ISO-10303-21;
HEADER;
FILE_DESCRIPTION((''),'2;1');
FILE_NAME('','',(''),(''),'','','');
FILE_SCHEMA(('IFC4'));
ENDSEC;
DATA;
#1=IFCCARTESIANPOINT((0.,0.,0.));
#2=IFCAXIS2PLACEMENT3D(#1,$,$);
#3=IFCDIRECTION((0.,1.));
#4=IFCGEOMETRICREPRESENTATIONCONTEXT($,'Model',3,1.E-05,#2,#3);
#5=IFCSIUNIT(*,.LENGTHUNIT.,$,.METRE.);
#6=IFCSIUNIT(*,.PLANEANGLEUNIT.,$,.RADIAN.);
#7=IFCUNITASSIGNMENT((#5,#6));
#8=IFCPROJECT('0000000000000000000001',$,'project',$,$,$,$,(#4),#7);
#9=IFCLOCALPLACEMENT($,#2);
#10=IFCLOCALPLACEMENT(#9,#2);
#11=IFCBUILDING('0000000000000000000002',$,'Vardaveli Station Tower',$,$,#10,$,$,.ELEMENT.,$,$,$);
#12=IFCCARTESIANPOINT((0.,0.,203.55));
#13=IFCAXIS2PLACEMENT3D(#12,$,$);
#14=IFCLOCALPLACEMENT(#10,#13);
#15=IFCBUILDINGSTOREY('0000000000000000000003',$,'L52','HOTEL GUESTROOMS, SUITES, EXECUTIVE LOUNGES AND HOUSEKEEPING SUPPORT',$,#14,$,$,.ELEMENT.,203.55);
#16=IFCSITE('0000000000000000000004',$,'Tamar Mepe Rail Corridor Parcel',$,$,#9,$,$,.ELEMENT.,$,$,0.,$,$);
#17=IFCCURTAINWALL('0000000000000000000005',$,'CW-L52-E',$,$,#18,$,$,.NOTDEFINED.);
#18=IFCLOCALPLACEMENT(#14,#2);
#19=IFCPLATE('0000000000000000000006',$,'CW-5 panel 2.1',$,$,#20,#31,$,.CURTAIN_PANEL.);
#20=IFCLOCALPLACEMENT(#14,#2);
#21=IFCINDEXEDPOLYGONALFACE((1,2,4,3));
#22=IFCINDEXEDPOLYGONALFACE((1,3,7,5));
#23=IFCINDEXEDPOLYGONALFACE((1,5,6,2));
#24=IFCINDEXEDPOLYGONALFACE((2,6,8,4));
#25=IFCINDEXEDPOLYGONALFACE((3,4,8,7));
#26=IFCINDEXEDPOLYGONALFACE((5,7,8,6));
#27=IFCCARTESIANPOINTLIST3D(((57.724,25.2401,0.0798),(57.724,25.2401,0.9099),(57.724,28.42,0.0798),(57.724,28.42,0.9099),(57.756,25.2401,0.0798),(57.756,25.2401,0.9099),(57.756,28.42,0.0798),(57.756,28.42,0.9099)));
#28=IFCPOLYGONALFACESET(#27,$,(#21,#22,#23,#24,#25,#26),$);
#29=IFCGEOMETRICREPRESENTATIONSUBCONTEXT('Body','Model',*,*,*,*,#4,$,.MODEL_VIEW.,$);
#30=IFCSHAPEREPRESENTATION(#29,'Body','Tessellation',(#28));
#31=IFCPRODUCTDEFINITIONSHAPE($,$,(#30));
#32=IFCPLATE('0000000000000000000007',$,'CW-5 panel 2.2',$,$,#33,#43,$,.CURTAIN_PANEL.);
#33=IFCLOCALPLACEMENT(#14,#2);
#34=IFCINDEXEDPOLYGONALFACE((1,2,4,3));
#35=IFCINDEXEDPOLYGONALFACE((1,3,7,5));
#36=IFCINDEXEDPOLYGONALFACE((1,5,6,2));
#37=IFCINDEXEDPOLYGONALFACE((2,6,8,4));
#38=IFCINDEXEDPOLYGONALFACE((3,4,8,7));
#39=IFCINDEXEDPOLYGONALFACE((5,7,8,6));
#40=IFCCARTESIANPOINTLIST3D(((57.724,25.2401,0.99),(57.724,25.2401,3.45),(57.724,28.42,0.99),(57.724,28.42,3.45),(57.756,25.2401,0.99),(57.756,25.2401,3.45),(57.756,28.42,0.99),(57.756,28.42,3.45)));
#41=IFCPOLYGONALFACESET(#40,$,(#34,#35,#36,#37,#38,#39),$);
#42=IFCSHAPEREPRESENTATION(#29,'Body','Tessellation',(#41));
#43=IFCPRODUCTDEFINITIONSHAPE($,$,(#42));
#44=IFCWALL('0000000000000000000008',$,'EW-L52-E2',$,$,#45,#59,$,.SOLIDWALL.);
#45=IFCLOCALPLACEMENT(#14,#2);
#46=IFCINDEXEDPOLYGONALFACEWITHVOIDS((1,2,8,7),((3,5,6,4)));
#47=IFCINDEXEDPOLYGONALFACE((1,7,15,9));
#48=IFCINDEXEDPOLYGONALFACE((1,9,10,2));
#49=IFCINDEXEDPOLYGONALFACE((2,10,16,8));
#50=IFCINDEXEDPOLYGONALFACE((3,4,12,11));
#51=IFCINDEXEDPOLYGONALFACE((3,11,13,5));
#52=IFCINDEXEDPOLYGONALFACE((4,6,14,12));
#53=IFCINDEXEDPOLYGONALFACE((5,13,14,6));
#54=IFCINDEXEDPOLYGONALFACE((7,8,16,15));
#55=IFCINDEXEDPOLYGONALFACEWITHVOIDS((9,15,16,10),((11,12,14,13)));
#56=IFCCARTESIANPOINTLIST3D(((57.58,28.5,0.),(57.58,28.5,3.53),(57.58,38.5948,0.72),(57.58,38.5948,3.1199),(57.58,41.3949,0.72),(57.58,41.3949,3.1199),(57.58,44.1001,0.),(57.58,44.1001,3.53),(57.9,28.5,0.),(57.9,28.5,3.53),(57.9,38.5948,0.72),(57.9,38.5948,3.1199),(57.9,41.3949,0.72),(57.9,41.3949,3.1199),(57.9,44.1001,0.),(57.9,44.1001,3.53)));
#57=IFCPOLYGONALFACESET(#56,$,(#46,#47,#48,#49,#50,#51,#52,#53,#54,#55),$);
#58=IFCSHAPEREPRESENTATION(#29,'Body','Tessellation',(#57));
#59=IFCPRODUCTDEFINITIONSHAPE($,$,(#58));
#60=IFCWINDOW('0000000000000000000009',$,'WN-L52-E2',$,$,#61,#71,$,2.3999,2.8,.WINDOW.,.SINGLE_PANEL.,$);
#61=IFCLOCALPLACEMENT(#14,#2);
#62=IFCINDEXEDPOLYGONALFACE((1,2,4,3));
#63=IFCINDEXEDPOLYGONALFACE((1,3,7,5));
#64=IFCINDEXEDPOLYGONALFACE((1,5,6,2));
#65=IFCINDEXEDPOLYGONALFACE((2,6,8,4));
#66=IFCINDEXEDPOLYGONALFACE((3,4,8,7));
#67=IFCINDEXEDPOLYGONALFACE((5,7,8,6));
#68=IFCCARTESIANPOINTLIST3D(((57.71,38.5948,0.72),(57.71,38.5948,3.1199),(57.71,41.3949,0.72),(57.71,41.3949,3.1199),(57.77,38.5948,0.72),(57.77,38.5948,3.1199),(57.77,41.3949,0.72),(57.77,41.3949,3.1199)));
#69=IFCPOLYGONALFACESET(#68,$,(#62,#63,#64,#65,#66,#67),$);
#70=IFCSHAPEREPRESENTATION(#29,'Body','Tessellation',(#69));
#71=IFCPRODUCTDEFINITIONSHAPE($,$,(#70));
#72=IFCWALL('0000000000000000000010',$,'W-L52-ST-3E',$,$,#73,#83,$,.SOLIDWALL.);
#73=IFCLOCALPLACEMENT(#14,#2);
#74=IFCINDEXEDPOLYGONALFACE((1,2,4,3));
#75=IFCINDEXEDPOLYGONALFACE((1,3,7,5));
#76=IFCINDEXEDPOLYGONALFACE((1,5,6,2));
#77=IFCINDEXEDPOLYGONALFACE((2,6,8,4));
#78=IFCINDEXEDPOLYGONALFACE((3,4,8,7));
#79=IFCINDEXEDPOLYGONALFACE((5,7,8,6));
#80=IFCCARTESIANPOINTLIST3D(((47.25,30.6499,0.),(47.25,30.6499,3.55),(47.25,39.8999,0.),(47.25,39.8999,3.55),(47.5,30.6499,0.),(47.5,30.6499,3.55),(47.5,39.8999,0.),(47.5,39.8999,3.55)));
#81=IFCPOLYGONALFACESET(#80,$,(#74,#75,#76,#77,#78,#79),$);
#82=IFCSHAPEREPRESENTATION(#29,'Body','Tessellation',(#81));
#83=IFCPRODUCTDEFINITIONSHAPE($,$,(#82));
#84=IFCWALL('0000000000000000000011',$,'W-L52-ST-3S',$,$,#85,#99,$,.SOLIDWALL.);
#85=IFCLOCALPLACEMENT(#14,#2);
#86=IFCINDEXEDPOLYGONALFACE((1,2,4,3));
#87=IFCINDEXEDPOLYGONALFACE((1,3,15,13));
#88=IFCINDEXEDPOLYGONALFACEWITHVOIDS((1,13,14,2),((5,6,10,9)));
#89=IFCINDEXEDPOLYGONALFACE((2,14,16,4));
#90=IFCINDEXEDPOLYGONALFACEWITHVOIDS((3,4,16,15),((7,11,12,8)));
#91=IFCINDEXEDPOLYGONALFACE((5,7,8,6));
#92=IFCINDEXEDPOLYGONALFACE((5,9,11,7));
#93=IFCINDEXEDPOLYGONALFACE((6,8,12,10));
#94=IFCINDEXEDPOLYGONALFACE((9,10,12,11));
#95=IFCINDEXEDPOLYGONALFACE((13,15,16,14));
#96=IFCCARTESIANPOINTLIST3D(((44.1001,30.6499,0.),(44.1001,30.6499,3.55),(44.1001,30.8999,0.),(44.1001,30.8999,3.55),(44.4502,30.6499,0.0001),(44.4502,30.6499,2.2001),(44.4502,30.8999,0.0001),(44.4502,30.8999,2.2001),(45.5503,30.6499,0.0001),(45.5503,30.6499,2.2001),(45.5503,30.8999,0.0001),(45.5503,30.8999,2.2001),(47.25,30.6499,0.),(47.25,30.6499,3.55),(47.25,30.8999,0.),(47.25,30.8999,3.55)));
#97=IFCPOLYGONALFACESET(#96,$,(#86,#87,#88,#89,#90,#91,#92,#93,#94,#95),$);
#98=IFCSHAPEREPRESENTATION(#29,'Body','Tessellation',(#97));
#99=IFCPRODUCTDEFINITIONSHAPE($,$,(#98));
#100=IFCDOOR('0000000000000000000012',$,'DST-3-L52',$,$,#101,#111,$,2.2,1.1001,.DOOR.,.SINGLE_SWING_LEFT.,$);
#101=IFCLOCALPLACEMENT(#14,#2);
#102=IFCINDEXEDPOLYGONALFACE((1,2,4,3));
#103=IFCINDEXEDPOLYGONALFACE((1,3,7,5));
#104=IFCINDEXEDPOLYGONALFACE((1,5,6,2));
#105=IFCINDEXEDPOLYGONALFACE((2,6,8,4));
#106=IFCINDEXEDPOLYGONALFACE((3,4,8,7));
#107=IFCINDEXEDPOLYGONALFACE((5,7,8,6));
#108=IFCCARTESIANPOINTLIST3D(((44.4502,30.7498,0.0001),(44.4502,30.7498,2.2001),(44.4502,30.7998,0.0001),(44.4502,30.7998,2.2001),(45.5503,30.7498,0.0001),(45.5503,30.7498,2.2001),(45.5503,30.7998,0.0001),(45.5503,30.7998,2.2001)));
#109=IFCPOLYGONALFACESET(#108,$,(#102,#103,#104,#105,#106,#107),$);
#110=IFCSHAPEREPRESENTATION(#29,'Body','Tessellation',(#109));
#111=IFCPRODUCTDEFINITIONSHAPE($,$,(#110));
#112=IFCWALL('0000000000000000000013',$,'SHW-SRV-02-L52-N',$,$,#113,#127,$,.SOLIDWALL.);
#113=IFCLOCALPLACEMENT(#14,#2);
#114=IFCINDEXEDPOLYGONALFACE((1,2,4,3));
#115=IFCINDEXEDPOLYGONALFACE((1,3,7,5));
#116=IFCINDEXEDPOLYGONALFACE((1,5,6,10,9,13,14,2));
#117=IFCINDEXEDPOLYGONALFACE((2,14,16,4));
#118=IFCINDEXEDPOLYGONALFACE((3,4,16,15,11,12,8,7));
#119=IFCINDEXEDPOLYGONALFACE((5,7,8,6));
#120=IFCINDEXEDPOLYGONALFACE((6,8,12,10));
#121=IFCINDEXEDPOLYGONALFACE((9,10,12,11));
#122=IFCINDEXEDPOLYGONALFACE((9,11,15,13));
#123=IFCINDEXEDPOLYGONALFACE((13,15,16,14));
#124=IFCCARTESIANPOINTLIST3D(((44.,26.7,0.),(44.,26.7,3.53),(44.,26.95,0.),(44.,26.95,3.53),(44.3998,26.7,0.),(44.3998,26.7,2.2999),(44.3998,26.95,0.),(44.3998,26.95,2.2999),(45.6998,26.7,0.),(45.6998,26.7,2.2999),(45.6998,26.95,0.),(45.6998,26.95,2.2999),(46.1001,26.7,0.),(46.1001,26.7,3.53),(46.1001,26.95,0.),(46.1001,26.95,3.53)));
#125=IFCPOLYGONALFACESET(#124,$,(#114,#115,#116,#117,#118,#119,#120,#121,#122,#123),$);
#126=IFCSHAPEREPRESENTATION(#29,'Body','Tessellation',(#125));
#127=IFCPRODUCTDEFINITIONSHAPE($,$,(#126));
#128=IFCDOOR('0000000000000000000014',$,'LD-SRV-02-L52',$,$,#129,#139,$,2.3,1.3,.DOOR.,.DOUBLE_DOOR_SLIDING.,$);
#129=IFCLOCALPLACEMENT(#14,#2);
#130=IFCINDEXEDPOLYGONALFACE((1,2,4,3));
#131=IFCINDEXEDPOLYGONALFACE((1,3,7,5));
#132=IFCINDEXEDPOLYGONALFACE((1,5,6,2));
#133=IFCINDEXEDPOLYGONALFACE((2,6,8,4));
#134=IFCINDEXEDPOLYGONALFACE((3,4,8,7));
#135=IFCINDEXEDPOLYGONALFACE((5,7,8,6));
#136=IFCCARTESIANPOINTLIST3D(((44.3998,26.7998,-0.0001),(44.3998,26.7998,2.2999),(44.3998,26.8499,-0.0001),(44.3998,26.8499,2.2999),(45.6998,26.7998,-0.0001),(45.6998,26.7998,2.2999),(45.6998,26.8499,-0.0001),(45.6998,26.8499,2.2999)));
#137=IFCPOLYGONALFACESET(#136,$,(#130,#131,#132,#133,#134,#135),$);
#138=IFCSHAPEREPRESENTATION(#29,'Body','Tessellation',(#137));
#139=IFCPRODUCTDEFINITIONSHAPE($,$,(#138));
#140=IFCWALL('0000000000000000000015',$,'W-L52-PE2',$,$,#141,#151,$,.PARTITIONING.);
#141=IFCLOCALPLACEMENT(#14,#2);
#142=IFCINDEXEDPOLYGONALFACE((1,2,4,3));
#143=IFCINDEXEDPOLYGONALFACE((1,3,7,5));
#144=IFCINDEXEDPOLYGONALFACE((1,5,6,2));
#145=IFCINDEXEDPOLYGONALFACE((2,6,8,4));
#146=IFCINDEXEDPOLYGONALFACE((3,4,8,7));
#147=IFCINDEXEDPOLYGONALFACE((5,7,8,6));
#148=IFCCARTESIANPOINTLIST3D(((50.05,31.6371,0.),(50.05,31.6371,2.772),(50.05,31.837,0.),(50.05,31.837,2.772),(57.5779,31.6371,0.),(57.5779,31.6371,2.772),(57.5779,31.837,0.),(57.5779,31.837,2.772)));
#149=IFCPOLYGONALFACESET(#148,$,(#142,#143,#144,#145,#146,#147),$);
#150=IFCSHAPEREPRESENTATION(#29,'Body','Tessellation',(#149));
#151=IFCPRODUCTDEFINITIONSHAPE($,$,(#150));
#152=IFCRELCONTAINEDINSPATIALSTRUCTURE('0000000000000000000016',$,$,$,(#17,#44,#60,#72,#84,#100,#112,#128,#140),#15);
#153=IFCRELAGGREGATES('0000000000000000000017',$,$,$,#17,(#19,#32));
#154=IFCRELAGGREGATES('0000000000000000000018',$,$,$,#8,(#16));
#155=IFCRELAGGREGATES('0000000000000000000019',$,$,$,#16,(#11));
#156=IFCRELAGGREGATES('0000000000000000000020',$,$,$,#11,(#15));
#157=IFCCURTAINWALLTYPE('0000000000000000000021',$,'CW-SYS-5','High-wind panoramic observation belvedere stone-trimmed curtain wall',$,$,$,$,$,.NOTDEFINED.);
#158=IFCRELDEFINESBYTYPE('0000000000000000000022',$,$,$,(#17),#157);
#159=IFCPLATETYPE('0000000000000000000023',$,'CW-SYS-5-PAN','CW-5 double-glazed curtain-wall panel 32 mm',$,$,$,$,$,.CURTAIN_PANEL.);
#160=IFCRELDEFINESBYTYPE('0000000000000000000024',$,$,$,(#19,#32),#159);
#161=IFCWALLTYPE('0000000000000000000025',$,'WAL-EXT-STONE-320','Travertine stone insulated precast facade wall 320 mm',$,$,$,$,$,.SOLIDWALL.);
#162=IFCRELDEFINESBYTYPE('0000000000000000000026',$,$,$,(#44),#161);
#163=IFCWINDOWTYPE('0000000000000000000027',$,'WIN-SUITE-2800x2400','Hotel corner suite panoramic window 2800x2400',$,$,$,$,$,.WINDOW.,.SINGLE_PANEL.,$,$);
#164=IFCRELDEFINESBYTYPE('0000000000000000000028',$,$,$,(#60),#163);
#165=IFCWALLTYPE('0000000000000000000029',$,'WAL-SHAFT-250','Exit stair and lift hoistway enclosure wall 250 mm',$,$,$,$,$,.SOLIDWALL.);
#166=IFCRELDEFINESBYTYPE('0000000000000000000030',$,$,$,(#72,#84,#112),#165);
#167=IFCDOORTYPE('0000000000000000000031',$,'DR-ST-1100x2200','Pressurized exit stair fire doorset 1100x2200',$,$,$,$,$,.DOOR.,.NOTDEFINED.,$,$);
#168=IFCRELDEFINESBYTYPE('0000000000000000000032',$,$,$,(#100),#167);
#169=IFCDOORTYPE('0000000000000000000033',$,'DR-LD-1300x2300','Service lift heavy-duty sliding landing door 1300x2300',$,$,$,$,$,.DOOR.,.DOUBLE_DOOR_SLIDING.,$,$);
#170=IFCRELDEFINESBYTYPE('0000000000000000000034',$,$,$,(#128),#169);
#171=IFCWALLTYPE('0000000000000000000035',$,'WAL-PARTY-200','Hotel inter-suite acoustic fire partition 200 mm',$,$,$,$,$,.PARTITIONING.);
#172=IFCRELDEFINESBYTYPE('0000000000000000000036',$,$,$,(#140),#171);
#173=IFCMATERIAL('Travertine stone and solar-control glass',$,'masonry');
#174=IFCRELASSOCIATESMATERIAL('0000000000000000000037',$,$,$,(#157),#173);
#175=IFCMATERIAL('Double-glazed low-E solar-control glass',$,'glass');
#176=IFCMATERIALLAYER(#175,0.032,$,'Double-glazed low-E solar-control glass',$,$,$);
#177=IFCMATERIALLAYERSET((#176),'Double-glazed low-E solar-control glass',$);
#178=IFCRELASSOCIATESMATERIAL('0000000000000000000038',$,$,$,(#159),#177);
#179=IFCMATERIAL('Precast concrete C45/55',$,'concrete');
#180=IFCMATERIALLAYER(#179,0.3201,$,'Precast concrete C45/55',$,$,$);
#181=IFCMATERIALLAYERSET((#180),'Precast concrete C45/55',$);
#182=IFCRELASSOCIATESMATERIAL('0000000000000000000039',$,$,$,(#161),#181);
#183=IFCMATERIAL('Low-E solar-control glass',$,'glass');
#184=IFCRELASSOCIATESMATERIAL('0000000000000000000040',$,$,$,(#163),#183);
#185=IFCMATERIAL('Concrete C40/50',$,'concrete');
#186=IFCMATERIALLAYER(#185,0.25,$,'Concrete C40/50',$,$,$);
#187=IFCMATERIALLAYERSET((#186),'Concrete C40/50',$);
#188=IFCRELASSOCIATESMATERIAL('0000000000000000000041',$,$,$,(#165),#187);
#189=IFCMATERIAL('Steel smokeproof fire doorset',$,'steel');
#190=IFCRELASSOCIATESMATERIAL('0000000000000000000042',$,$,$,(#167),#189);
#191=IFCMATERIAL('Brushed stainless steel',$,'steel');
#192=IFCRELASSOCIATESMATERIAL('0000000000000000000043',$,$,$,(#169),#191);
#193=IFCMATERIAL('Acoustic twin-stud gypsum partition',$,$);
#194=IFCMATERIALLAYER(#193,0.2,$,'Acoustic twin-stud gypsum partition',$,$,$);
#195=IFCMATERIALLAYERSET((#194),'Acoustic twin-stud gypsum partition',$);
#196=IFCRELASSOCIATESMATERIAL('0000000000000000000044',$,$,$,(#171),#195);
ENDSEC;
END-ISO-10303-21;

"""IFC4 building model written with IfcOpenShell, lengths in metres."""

from ifc_helpers import new_model, si_unit, direction, frame, frame_2d, origin, origin_2d, place, context, subcontext, project, spatial, rectangle, extrude, source, transform, mapped, material, layer, layer_set, type_object, element, fill, aggregate, save


model = new_model("IFC4")

# Units and contexts
model_context = context("Model", 3, precision=1e-05, world=origin(), true_north=direction((0.0, 1.0)))
body_context = subcontext(model_context, "Body", "Model", "MODEL_VIEW")
ifc_project = project(units=[si_unit("LENGTHUNIT", "METRE"), si_unit("PLANEANGLEUNIT", "RADIAN")], contexts=[model_context])

# Site, building, storey
site_placement = place(None, origin())
site = spatial("IfcSite", under=ifc_project, at=site_placement, Name="Tamar Mepe Rail Corridor Parcel", CompositionType="ELEMENT", RefElevation=0.0)
building_placement = place(site_placement, origin())
building = spatial("IfcBuilding", under=site, at=building_placement, Name="Vardaveli Station Tower", CompositionType="ELEMENT")
storey_placement = place(building_placement, frame((0.0, 0.0, 203.55)))
storey = spatial("IfcBuildingStorey", under=building, at=storey_placement, Name="L52", Description="HOTEL GUESTROOMS, SUITES, EXECUTIVE LOUNGES AND HOUSEKEEPING SUPPORT", CompositionType="ELEMENT", Elevation=203.55)

# Shared definitions
ifc_material_1 = material(Name="Precast concrete C45/55", Category="concrete")

# Curtain wall, plates
ifc_material_2 = material(Name="Travertine stone and solar-control glass", Category="masonry")
curtain_wall_type = type_object("IfcCurtainWallType", Name="CW-SYS-5", Description="High-wind panoramic observation belvedere stone-trimmed curtain wall", PredefinedType="NOTDEFINED", material=ifc_material_2)
curtain_wall_placement = place(storey_placement, origin())
curtain_wall = element("IfcCurtainWall", 1, at=curtain_wall_placement, inside=storey, type_object=curtain_wall_type, Name="CW-L52-E", PredefinedType="NOTDEFINED")
ifc_material_3 = material(Name="Double-glazed low-E solar-control glass", Category="glass")
ifc_layer_1 = layer(ifc_material_3, 0.032, Name="Double-glazed low-E solar-control glass")
ifc_layer_set_1 = layer_set([ifc_layer_1], Name="Double-glazed low-E solar-control glass")
plate_type = type_object("IfcPlateType", Name="CW-SYS-5-PAN", Description="CW-5 double-glazed curtain-wall panel 32 mm", PredefinedType="CURTAIN_PANEL", material=ifc_layer_set_1)
shared_shape_1 = source(origin(), body_context, "Body", "SweptSolid", [
    extrude(rectangle(XDim=3.1799, YDim=0.032, at=origin_2d()), origin(), (0.0, 0.0, 1.0), 0.8301),
])
plate_1_placement = place(storey_placement, frame((57.74, 26.8301, 0.0798), z_axis=(0.0, 0.0, 1.0), x_axis=(0.0, 1.0, 0.0)))
plate_1 = element("IfcPlate", 2, at=plate_1_placement, type_object=plate_type, Name="CW-5 panel 2.1", PredefinedType="CURTAIN_PANEL", context=body_context, shape_type="MappedRepresentation", body=[
    mapped(shared_shape_1, transform((0.0, 0.0, 0.0), scale=1.0)),
])
shared_shape_2 = source(origin(), body_context, "Body", "SweptSolid", [
    extrude(rectangle(XDim=3.1799, YDim=0.032, at=origin_2d()), origin(), (0.0, 0.0, 1.0), 2.46),
])
plate_2_placement = place(storey_placement, frame((57.74, 26.8301, 0.99), z_axis=(0.0, 0.0, 1.0), x_axis=(0.0, 1.0, 0.0)))
plate_2 = element("IfcPlate", 3, at=plate_2_placement, type_object=plate_type, Name="CW-5 panel 2.2", PredefinedType="CURTAIN_PANEL", context=body_context, shape_type="MappedRepresentation", body=[
    mapped(shared_shape_2, transform((0.0, 0.0, 0.0), scale=1.0)),
])
aggregate(curtain_wall, [plate_1, plate_2])

# Wall, opening, window
ifc_layer_2 = layer(ifc_material_1, 0.3201, Name="Precast concrete C45/55")
ifc_layer_set_2 = layer_set([ifc_layer_2], Name="Precast concrete C45/55")
wall_type_1 = type_object("IfcWallType", Name="WAL-EXT-STONE-320", Description="Travertine stone insulated precast facade wall 320 mm", PredefinedType="SOLIDWALL", material=ifc_layer_set_2)
shared_shape_3 = source(origin(), body_context, "Body", "SweptSolid", [
    extrude(rectangle(XDim=15.6001, YDim=0.3201, at=frame_2d((7.8, 0.0))), origin(), (0.0, 0.0, 1.0), 3.53),
])
wall_1_placement = place(storey_placement, frame((57.74, 28.5, 0.0), z_axis=(0.0, 0.0, 1.0), x_axis=(0.0, 1.0, 0.0)))
wall_1 = element("IfcWall", 4, at=wall_1_placement, inside=storey, type_object=wall_type_1, Name="EW-L52-E2", PredefinedType="SOLIDWALL", context=body_context, shape_type="MappedRepresentation", body=[
    mapped(shared_shape_3, transform((0.0, 0.0, 0.0), scale=1.0)),
])
shared_shape_4 = source(origin(), body_context, "Body", "SweptSolid", [
    extrude(rectangle(XDim=2.8, YDim=2.3999, at=frame_2d((1.3999, 1.2))), frame((0.0, 0.1699, 0.0), z_axis=(0.0, -1.0, 0.0), x_axis=(1.0, 0.0, 0.0)), (0.0, 0.0, 1.0), 0.3401),
])
opening_1_placement = place(wall_1_placement, frame((10.095, 0.0, 0.72)))
opening_1 = element("IfcOpeningElement", 5, at=opening_1_placement, cuts=wall_1, PredefinedType="OPENING", context=body_context, shape_type="MappedRepresentation", body=[
    mapped(shared_shape_4, transform((0.0, 0.0, 0.0), scale=1.0)),
])
ifc_material_4 = material(Name="Low-E solar-control glass", Category="glass")
window_type = type_object("IfcWindowType", Name="WIN-SUITE-2800x2400", Description="Hotel corner suite panoramic window 2800x2400", PartitioningType="SINGLE_PANEL", PredefinedType="WINDOW", material=ifc_material_4)
shared_shape_5 = source(origin(), body_context, "Body", "SweptSolid", [
    extrude(rectangle(XDim=2.8, YDim=2.3999, at=frame_2d((1.3999, 1.2))), frame((0.0, 0.03, 0.0), z_axis=(0.0, -1.0, 0.0), x_axis=(1.0, 0.0, 0.0)), (0.0, 0.0, 1.0), 0.0601),
])
window_placement = place(opening_1_placement, origin())
window = element("IfcWindow", 6, at=window_placement, inside=storey, type_object=window_type, Name="WN-L52-E2", OverallHeight=2.3999, OverallWidth=2.8, PartitioningType="SINGLE_PANEL", PredefinedType="WINDOW", context=body_context, shape_type="MappedRepresentation", body=[
    mapped(shared_shape_5, transform((0.0, 0.0, 0.0), scale=1.0)),
])
fill(opening_1, window)

# Wall
ifc_material_5 = material(Name="Concrete C40/50", Category="concrete")
ifc_layer_3 = layer(ifc_material_5, 0.25, Name="Concrete C40/50")
ifc_layer_set_3 = layer_set([ifc_layer_3], Name="Concrete C40/50")
wall_type_2 = type_object("IfcWallType", Name="WAL-SHAFT-250", Description="Exit stair and lift hoistway enclosure wall 250 mm", PredefinedType="SOLIDWALL", material=ifc_layer_set_3)
shared_shape_6 = source(origin(), body_context, "Body", "SweptSolid", [
    extrude(rectangle(XDim=9.25, YDim=0.25, at=frame_2d((4.625, 0.0))), origin(), (0.0, 0.0, 1.0), 3.55),
])
wall_2_placement = place(storey_placement, frame((47.375, 30.6499, 0.0), z_axis=(0.0, 0.0, 1.0), x_axis=(0.0, 1.0, 0.0)))
element("IfcWall", 7, at=wall_2_placement, inside=storey, type_object=wall_type_2, Name="W-L52-ST-3E", PredefinedType="SOLIDWALL", context=body_context, shape_type="MappedRepresentation", body=[
    mapped(shared_shape_6, transform((0.0, 0.0, 0.0), scale=1.0)),
])

# Walls, openings, doors
shared_shape_7 = source(origin(), body_context, "Body", "SweptSolid", [
    extrude(rectangle(XDim=3.1499, YDim=0.25, at=frame_2d((1.575, 0.0))), origin(), (0.0, 0.0, 1.0), 3.55),
])
wall_3_placement = place(storey_placement, frame((44.1001, 30.7749, 0.0), z_axis=(0.0, 0.0, 1.0), x_axis=(1.0, 0.0, 0.0)))
wall_3 = element("IfcWall", 8, at=wall_3_placement, inside=storey, type_object=wall_type_2, Name="W-L52-ST-3S", PredefinedType="SOLIDWALL", context=body_context, shape_type="MappedRepresentation", body=[
    mapped(shared_shape_7, transform((0.0, 0.0, 0.0), scale=1.0)),
])
shared_shape_8 = source(origin(), body_context, "Body", "SweptSolid", [
    extrude(rectangle(XDim=1.1001, YDim=2.2, at=frame_2d((0.55, 1.1001))), frame((0.0, 0.135, 0.0), z_axis=(0.0, -1.0, 0.0), x_axis=(1.0, 0.0, 0.0)), (0.0, 0.0, 1.0), 0.27),
])
opening_2_placement = place(wall_3_placement, frame((0.3501, 0.0, 0.0)))
opening_2 = element("IfcOpeningElement", 9, at=opening_2_placement, cuts=wall_3, PredefinedType="OPENING", context=body_context, shape_type="MappedRepresentation", body=[
    mapped(shared_shape_8, transform((0.0, 0.0, 0.0), scale=1.0)),
])
ifc_material_6 = material(Name="Steel smokeproof fire doorset", Category="steel")
door_type_1 = type_object("IfcDoorType", Name="DR-ST-1100x2200", Description="Pressurized exit stair fire doorset 1100x2200", OperationType="NOTDEFINED", PredefinedType="DOOR", material=ifc_material_6)
shared_shape_9 = source(origin(), body_context, "Body", "SweptSolid", [
    extrude(rectangle(XDim=1.1001, YDim=2.2, at=frame_2d((0.55, 1.1001))), frame((0.0, 0.0249, 0.0), z_axis=(0.0, -1.0, 0.0), x_axis=(1.0, 0.0, 0.0)), (0.0, 0.0, 1.0), 0.05),
])
door_1_placement = place(opening_2_placement, origin())
door_1 = element("IfcDoor", 10, at=door_1_placement, inside=storey, type_object=door_type_1, Name="DST-3-L52", OperationType="SINGLE_SWING_LEFT", OverallHeight=2.2, OverallWidth=1.1001, PredefinedType="DOOR", context=body_context, shape_type="MappedRepresentation", body=[
    mapped(shared_shape_9, transform((0.0, 0.0, 0.0), scale=1.0)),
])
fill(opening_2, door_1)
shared_shape_10 = source(origin(), body_context, "Body", "SweptSolid", [
    extrude(rectangle(XDim=2.1001, YDim=0.25, at=frame_2d((1.05, 0.0))), origin(), (0.0, 0.0, 1.0), 3.53),
])
wall_4_placement = place(storey_placement, frame((44.0, 26.825, 0.0), z_axis=(0.0, 0.0, 1.0), x_axis=(1.0, 0.0, 0.0)))
wall_4 = element("IfcWall", 11, at=wall_4_placement, inside=storey, type_object=wall_type_2, Name="SHW-SRV-02-L52-N", PredefinedType="SOLIDWALL", context=body_context, shape_type="MappedRepresentation", body=[
    mapped(shared_shape_10, transform((0.0, 0.0, 0.0), scale=1.0)),
])
shared_shape_11 = source(origin(), body_context, "Body", "SweptSolid", [
    extrude(rectangle(XDim=1.3, YDim=2.3, at=frame_2d((0.6499, 1.1499))), frame((0.0, 0.135, 0.0), z_axis=(0.0, -1.0, 0.0), x_axis=(1.0, 0.0, 0.0)), (0.0, 0.0, 1.0), 0.27),
])
opening_3_placement = place(wall_4_placement, frame((0.3999, 0.0, 0.0)))
opening_3 = element("IfcOpeningElement", 12, at=opening_3_placement, cuts=wall_4, PredefinedType="OPENING", context=body_context, shape_type="MappedRepresentation", body=[
    mapped(shared_shape_11, transform((0.0, 0.0, 0.0), scale=1.0)),
])
ifc_material_7 = material(Name="Brushed stainless steel", Category="steel")
door_type_2 = type_object("IfcDoorType", Name="DR-LD-1300x2300", Description="Service lift heavy-duty sliding landing door 1300x2300", OperationType="DOUBLE_DOOR_SLIDING", PredefinedType="DOOR", material=ifc_material_7)
shared_shape_12 = source(origin(), body_context, "Body", "SweptSolid", [
    extrude(rectangle(XDim=1.3, YDim=2.3, at=frame_2d((0.6499, 1.1499))), frame((0.0, 0.0249, 0.0), z_axis=(0.0, -1.0, 0.0), x_axis=(1.0, 0.0, 0.0)), (0.0, 0.0, 1.0), 0.05),
])
door_2_placement = place(opening_3_placement, origin())
door_2 = element("IfcDoor", 13, at=door_2_placement, inside=storey, type_object=door_type_2, Name="LD-SRV-02-L52", OperationType="DOUBLE_DOOR_SLIDING", OverallHeight=2.3, OverallWidth=1.3, PredefinedType="DOOR", context=body_context, shape_type="MappedRepresentation", body=[
    mapped(shared_shape_12, transform((0.0, 0.0, 0.0), scale=1.0)),
])
fill(opening_3, door_2)

# Wall
ifc_material_8 = material(Name="Acoustic twin-stud gypsum partition")
ifc_layer_4 = layer(ifc_material_8, 0.2, Name="Acoustic twin-stud gypsum partition")
ifc_layer_set_4 = layer_set([ifc_layer_4], Name="Acoustic twin-stud gypsum partition")
wall_type_3 = type_object("IfcWallType", Name="WAL-PARTY-200", Description="Hotel inter-suite acoustic fire partition 200 mm", PredefinedType="PARTITIONING", material=ifc_layer_set_4)
shared_shape_13 = source(origin(), body_context, "Body", "SweptSolid", [
    extrude(rectangle(XDim=7.5278, YDim=0.2, at=frame_2d((3.7639, 0.0))), origin(), (0.0, 0.0, 1.0), 2.772),
])
wall_5_placement = place(storey_placement, frame((50.05, 31.7371, 0.0), z_axis=(0.0, 0.0, 1.0), x_axis=(1.0, 0.0, 0.0)))
element("IfcWall", 14, at=wall_5_placement, inside=storey, type_object=wall_type_3, Name="W-L52-PE2", PredefinedType="PARTITIONING", context=body_context, shape_type="MappedRepresentation", body=[
    mapped(shared_shape_13, transform((0.0, 0.0, 0.0), scale=1.0)),
])

save(model, "model.ifc")
